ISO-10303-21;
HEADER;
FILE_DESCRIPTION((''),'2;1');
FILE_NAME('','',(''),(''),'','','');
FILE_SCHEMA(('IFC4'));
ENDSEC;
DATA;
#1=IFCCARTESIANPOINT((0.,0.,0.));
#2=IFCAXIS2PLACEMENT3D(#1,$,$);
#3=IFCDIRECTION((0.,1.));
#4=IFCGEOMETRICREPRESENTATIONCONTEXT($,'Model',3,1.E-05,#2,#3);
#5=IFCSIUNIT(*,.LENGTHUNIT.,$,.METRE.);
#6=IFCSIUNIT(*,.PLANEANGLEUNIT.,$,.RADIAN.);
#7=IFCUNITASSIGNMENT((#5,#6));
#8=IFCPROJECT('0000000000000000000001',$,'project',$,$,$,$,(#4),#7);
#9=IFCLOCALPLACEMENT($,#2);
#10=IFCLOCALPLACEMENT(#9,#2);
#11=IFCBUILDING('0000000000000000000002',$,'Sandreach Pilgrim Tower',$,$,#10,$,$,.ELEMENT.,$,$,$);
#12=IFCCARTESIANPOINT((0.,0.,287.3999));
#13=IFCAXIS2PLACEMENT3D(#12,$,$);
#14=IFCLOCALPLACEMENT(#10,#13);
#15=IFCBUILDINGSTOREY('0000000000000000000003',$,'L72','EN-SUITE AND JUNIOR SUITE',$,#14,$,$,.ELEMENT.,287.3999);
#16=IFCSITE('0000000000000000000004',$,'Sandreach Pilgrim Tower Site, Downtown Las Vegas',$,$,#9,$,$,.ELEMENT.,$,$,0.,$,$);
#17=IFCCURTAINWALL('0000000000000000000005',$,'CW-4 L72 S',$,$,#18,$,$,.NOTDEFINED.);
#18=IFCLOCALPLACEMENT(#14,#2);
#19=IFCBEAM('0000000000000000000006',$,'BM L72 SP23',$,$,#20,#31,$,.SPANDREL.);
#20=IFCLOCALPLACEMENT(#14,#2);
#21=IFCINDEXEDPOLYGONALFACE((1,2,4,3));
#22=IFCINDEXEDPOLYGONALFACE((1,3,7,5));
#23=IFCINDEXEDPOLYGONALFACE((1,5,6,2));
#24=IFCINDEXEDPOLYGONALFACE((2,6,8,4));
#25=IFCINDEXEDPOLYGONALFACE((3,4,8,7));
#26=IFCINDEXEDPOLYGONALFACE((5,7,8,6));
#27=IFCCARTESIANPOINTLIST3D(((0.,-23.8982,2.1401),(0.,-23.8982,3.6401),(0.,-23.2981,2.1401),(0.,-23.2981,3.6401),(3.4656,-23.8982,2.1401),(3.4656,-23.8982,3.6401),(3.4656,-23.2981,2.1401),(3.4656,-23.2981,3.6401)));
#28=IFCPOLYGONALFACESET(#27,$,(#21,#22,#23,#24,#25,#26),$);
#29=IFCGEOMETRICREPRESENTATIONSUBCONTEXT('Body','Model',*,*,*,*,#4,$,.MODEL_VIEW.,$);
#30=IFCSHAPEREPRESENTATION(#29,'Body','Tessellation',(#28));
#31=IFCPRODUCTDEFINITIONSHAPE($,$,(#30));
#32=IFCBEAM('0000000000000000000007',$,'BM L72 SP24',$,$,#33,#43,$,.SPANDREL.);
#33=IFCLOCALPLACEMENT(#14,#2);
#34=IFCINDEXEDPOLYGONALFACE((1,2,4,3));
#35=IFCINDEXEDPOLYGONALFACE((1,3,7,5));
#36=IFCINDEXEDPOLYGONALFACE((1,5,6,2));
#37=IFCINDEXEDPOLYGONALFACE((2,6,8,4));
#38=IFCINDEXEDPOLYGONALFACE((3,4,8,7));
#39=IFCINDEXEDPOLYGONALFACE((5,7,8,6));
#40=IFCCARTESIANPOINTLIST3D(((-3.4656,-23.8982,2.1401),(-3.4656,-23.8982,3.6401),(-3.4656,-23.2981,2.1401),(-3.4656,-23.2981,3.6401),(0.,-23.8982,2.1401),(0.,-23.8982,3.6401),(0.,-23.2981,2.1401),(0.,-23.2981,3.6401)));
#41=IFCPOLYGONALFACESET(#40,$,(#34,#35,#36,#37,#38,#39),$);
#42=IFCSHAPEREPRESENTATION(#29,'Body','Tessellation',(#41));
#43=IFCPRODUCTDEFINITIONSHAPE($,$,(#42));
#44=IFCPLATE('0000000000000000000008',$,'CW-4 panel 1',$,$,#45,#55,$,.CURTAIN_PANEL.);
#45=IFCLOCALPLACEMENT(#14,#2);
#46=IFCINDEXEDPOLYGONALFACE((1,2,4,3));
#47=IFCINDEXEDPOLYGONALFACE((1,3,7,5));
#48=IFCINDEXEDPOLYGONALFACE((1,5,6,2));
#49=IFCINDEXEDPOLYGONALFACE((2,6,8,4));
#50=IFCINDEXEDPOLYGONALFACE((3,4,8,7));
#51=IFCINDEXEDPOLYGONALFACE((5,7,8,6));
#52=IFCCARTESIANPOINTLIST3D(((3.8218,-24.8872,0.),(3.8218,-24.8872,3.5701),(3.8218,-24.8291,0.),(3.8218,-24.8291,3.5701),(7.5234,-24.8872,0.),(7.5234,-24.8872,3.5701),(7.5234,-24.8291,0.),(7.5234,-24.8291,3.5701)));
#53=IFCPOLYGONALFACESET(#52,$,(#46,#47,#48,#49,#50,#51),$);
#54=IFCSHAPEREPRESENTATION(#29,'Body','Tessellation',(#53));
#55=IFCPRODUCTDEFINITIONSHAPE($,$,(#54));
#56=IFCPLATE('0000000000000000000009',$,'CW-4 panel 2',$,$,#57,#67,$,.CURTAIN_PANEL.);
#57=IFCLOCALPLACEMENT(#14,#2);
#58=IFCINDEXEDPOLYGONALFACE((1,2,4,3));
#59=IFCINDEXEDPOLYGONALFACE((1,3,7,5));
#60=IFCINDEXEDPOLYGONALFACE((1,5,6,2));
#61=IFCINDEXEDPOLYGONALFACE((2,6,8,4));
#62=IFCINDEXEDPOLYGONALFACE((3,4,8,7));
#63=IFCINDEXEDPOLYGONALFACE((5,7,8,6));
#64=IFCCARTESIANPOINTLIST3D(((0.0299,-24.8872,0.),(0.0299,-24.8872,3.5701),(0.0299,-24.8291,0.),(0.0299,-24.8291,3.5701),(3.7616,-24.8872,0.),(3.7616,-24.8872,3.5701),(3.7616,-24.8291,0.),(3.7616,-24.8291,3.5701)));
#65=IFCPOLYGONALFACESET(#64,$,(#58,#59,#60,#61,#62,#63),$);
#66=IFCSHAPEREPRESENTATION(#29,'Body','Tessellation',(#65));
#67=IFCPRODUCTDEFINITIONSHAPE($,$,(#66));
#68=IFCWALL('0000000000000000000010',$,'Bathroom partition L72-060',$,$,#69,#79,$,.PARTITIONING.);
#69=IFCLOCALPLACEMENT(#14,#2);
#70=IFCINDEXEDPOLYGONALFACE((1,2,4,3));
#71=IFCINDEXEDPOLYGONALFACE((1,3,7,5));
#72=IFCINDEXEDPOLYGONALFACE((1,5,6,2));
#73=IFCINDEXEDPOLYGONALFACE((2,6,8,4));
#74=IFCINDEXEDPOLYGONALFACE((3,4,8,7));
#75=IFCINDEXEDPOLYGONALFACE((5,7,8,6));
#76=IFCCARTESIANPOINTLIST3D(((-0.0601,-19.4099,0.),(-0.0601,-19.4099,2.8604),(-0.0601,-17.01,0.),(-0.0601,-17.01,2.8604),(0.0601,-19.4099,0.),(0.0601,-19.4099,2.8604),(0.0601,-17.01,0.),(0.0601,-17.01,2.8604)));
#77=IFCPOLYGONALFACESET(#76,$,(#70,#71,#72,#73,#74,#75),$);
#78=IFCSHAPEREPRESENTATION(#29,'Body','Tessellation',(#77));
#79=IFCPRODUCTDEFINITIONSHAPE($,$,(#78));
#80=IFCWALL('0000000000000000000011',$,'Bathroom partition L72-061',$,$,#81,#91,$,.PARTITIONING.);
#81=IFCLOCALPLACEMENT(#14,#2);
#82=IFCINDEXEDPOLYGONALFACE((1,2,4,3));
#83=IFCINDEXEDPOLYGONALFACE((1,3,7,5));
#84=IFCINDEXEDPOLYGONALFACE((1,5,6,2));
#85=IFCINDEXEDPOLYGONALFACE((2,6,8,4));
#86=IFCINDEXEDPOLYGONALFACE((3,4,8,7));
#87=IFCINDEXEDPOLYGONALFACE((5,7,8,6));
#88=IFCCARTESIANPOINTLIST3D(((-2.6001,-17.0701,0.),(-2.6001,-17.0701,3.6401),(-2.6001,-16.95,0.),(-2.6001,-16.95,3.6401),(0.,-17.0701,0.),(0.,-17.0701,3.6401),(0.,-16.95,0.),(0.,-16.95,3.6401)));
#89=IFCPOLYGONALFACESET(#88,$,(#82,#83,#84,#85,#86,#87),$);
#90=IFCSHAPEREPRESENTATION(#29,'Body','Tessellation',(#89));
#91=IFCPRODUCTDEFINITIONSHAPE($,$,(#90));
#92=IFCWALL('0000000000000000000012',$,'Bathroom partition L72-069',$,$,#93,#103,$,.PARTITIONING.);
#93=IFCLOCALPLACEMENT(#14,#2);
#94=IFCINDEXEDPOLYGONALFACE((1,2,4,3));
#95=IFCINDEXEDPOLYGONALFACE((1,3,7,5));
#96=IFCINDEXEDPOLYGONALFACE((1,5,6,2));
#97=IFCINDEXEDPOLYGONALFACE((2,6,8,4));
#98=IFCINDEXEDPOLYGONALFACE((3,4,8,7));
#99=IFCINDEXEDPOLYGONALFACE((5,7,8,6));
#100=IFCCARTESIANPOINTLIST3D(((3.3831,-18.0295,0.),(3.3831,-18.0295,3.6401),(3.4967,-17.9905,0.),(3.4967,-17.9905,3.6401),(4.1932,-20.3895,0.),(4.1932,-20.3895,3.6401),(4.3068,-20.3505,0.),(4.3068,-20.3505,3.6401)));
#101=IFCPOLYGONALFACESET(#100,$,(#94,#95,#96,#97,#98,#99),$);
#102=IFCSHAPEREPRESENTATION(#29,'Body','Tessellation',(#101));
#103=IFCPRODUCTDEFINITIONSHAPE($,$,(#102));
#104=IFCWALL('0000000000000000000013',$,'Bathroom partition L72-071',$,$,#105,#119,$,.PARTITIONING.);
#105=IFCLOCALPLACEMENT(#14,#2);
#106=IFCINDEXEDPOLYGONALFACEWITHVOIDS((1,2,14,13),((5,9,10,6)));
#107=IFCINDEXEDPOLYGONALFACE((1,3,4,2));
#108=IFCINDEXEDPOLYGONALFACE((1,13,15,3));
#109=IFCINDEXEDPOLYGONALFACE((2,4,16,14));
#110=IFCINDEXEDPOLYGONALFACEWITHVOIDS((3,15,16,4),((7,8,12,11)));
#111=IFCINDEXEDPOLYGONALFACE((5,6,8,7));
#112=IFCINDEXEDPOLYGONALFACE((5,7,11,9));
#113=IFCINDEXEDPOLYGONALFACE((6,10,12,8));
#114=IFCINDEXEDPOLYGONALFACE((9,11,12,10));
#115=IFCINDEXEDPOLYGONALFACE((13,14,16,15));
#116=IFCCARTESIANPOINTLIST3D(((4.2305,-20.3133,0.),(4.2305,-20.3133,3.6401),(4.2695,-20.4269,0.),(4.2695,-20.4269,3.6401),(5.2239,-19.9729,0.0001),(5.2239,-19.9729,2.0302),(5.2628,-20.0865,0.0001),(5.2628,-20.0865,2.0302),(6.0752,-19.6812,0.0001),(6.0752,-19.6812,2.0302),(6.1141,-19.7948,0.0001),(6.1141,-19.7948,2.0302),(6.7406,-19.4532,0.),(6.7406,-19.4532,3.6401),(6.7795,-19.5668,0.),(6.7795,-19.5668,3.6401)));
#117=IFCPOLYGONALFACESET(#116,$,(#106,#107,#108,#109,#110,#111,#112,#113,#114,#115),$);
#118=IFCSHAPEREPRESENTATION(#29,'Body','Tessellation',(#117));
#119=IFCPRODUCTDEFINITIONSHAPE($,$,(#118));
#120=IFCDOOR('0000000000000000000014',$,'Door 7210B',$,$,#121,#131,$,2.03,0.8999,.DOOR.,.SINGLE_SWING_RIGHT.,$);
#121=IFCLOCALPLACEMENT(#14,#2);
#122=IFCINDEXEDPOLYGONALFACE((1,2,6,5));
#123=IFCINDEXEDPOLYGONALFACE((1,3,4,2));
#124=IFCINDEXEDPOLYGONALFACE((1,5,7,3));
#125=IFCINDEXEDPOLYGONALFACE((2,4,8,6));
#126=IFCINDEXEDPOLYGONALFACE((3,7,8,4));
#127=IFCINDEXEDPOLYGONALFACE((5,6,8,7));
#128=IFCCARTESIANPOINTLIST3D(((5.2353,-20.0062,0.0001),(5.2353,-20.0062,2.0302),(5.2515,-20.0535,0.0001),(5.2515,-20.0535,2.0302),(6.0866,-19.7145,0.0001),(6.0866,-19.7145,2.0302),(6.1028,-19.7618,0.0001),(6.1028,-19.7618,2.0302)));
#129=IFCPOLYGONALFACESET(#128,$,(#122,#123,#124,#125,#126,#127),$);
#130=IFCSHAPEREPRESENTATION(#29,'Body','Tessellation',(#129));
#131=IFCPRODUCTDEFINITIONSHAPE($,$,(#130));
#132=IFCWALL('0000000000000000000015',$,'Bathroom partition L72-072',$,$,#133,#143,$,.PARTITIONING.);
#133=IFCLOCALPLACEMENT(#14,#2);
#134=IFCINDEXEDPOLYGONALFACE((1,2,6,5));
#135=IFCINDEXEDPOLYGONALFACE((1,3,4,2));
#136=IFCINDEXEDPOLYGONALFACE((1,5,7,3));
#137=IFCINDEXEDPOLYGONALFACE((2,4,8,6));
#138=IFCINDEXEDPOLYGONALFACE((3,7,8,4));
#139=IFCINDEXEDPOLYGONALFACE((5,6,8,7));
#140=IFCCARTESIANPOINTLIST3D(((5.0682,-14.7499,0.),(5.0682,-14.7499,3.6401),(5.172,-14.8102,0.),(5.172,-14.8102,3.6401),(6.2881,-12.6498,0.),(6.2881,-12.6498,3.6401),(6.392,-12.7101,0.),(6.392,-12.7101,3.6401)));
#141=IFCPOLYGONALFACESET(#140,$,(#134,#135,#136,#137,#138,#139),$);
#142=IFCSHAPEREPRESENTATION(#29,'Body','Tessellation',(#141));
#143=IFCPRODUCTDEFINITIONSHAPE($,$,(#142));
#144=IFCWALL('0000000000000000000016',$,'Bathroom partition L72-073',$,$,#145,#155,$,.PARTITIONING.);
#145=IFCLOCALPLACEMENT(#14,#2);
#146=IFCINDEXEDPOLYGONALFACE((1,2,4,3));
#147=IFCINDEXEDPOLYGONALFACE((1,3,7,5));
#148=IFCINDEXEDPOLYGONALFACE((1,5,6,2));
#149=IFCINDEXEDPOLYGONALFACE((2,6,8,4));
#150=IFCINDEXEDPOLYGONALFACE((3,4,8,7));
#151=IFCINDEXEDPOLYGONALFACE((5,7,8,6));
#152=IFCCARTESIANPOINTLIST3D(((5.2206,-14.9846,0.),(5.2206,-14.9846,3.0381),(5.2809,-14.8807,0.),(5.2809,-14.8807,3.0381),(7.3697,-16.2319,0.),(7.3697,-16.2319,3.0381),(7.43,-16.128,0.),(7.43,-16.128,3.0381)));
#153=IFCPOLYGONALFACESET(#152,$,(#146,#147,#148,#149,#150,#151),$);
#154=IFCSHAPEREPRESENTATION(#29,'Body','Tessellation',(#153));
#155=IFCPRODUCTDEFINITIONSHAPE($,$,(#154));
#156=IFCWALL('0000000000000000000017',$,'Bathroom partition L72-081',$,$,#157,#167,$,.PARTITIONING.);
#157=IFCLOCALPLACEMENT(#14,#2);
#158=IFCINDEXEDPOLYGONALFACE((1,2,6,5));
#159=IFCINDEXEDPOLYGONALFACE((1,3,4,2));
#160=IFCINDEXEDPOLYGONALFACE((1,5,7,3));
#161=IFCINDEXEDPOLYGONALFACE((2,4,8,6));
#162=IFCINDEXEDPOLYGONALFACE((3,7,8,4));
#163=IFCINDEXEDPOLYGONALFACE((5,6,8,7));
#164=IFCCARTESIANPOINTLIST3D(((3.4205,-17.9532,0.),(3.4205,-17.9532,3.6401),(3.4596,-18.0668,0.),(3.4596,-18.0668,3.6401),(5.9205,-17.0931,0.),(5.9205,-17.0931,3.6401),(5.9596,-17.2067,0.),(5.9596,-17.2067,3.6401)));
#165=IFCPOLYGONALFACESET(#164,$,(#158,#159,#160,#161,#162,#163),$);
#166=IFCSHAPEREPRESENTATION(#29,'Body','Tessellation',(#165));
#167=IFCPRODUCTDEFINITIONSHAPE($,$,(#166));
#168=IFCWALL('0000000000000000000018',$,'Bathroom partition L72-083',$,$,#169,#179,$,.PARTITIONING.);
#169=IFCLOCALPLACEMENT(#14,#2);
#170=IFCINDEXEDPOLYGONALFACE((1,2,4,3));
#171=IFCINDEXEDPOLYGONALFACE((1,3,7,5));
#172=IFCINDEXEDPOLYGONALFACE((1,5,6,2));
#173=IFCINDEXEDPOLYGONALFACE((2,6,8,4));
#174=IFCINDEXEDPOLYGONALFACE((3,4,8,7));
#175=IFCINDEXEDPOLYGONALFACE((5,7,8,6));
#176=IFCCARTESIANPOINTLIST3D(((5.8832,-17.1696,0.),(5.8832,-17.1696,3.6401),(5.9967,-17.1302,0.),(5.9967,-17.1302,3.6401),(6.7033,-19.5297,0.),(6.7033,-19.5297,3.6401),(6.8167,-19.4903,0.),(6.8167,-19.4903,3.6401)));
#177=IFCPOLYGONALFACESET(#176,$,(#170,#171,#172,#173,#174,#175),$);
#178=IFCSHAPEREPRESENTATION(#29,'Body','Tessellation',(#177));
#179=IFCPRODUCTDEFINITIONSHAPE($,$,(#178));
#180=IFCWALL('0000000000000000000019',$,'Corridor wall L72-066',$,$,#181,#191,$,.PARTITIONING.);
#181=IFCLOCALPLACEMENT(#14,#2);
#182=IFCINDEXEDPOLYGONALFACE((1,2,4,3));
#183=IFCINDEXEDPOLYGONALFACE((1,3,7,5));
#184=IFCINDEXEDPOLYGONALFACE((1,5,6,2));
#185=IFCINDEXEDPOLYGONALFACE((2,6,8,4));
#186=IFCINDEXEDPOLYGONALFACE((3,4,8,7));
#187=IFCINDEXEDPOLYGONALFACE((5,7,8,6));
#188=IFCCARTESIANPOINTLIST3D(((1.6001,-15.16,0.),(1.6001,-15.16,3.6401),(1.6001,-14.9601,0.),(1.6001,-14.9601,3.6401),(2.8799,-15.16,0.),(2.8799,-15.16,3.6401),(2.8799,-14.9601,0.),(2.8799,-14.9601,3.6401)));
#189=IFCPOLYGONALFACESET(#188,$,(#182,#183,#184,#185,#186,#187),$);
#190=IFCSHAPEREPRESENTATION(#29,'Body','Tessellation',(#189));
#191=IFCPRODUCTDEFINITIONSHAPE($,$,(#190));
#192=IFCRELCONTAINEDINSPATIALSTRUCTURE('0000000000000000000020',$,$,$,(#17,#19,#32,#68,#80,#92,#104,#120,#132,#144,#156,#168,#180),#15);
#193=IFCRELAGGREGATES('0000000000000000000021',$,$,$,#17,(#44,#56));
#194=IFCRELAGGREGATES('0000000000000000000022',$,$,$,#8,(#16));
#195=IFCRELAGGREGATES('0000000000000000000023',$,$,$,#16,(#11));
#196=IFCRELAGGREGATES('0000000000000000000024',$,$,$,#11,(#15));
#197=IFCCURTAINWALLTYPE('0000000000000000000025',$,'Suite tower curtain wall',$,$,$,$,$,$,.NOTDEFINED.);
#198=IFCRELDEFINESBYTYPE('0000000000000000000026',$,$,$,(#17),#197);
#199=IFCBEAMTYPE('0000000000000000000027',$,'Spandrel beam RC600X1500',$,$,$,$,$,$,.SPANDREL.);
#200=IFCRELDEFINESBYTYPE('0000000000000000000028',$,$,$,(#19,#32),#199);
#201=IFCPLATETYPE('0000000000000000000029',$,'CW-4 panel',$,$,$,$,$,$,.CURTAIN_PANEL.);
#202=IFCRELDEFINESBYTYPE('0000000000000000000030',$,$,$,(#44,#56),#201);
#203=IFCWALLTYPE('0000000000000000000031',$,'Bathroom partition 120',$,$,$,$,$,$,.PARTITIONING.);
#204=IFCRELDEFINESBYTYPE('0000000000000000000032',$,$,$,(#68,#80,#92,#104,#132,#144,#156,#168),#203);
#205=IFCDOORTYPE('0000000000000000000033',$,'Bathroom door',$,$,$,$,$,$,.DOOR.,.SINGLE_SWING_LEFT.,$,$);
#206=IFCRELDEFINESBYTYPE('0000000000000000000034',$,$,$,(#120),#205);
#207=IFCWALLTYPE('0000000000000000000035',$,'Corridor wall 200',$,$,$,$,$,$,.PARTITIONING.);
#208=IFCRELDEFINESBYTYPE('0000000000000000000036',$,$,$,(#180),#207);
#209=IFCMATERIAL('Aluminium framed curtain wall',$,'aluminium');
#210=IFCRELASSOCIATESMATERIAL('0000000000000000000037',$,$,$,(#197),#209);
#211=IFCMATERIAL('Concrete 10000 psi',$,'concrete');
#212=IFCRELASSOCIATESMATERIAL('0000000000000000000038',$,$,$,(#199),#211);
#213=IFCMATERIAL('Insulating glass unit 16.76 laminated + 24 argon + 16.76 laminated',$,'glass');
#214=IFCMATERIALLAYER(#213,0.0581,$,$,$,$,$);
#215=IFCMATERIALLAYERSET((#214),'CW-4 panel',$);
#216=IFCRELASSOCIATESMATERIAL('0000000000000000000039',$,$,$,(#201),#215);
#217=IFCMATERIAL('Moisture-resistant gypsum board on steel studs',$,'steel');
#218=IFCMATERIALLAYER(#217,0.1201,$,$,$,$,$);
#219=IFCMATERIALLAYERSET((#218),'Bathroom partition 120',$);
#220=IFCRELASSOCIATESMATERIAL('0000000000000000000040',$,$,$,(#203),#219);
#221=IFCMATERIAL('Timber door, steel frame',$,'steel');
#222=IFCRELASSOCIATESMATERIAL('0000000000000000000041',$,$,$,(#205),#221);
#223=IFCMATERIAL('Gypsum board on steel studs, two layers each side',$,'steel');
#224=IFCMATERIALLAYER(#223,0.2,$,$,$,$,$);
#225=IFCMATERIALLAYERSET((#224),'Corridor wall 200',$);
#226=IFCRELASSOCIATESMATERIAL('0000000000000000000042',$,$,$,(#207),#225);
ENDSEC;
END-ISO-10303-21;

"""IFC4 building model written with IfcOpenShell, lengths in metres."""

from ifc_helpers import new_model, si_unit, direction, frame, frame_2d, origin, origin_2d, place, context, subcontext, project, spatial, rectangle, extrude, material, layer, layer_set, material_profile, profile_set, type_object, element, fill, aggregate, save


model = new_model("IFC4")

# Units and contexts
model_context = context("Model", 3, precision=1e-05, world=origin(), true_north=direction((0.0, 1.0)))
body_context = subcontext(model_context, "Body", "Model", "MODEL_VIEW")
ifc_project = project(units=[si_unit("LENGTHUNIT", "METRE"), si_unit("PLANEANGLEUNIT", "RADIAN")], contexts=[model_context])

# Site, building, storey
site_placement = place(None, origin())
site = spatial("IfcSite", under=ifc_project, at=site_placement, Name="Sandreach Pilgrim Tower Site, Downtown Las Vegas", CompositionType="ELEMENT", RefElevation=0.0)
building_placement = place(site_placement, origin())
building = spatial("IfcBuilding", under=site, at=building_placement, Name="Sandreach Pilgrim Tower", CompositionType="ELEMENT")
storey_placement = place(building_placement, frame((0.0, 0.0, 287.3999)))
storey = spatial("IfcBuildingStorey", under=building, at=storey_placement, Name="L72", Description="EN-SUITE AND JUNIOR SUITE", CompositionType="ELEMENT", Elevation=287.3999)

# Curtain wall
ifc_material_1 = material(Name="Aluminium framed curtain wall", Category="aluminium")
curtain_wall_type = type_object("IfcCurtainWallType", Name="Suite tower curtain wall", PredefinedType="NOTDEFINED", material=ifc_material_1)
curtain_wall_placement = place(storey_placement, origin())
curtain_wall = element("IfcCurtainWall", 1, at=curtain_wall_placement, inside=storey, type_object=curtain_wall_type, Name="CW-4 L72 S", PredefinedType="NOTDEFINED")

# Beams
ifc_material_2 = material(Name="Concrete 10000 psi", Category="concrete")
ifc_material_profile_1 = material_profile(ifc_material_2, rectangle(XDim=0.6001, YDim=1.5, at=origin_2d()), Name="RC600X1500")
ifc_profile_set_1 = profile_set([ifc_material_profile_1], Name="Concrete 10000 psi")
beam_type_1 = type_object("IfcBeamType", Name="Spandrel beam RC600X1500", PredefinedType="SPANDREL", material=ifc_profile_set_1)
for number, where, z_axis, x_axis, name in (
    (2, (3.4656, -23.5981, 2.8901), (-1.0, 0.0, 0.0), (0.0, -1.0, 0.0), "BM L72 SP23"),
    (3, (0.0, -23.5981, 2.8901), (-1.0, 0.0, 0.0), (0.0, -1.0, 0.0), "BM L72 SP24"),
):
    element("IfcBeam", number, at=place(storey_placement, frame(where, z_axis=z_axis, x_axis=x_axis)), inside=storey, type_object=beam_type_1, Name=name, PredefinedType="SPANDREL", context=body_context, shape_type="SweptSolid", body=[
        extrude(rectangle(XDim=0.6001, YDim=1.5, at=origin_2d()), origin(), (0.0, 0.0, 1.0), 3.4656),
    ])

# Plates
ifc_material_3 = material(Name="Insulating glass unit 16.76 laminated + 24 argon + 16.76 laminated", Category="glass")
ifc_layer_1 = layer(ifc_material_3, 0.0581)
ifc_layer_set_1 = layer_set([ifc_layer_1], Name="CW-4 panel")
plate_type = type_object("IfcPlateType", Name="CW-4 panel", PredefinedType="CURTAIN_PANEL", material=ifc_layer_set_1)
plate_1_placement = place(storey_placement, frame((5.6726, -24.8582, 0.0), z_axis=(0.0, 0.0, 1.0), x_axis=(-1.0, 0.0, 0.0)))
plate_1 = element("IfcPlate", 4, at=plate_1_placement, type_object=plate_type, Name="CW-4 panel 1", PredefinedType="CURTAIN_PANEL", context=body_context, shape_type="SweptSolid", body=[
    extrude(rectangle(XDim=3.7017, YDim=0.0581, at=origin_2d()), origin(), (0.0, 0.0, 1.0), 3.5701),
])
plate_2_placement = place(storey_placement, frame((1.8958, -24.8582, 0.0), z_axis=(0.0, 0.0, 1.0), x_axis=(-1.0, 0.0, 0.0)))
plate_2 = element("IfcPlate", 5, at=plate_2_placement, type_object=plate_type, Name="CW-4 panel 2", PredefinedType="CURTAIN_PANEL", context=body_context, shape_type="SweptSolid", body=[
    extrude(rectangle(XDim=3.7317, YDim=0.0581, at=origin_2d()), origin(), (0.0, 0.0, 1.0), 3.5701),
])
aggregate(curtain_wall, [plate_1, plate_2])

# Walls
ifc_material_4 = material(Name="Moisture-resistant gypsum board on steel studs", Category="steel")
ifc_layer_2 = layer(ifc_material_4, 0.1201)
ifc_layer_set_2 = layer_set([ifc_layer_2], Name="Bathroom partition 120")
wall_type_1 = type_object("IfcWallType", Name="Bathroom partition 120", PredefinedType="PARTITIONING", material=ifc_layer_set_2)
wall_1_placement = place(storey_placement, frame((0.0, -19.4099, 0.0), z_axis=(0.0, 0.0, 1.0), x_axis=(0.0, 1.0, 0.0)))
element("IfcWall", 6, at=wall_1_placement, inside=storey, type_object=wall_type_1, Name="Bathroom partition L72-060", PredefinedType="PARTITIONING", context=body_context, shape_type="SweptSolid", body=[
    extrude(rectangle(XDim=2.3999, YDim=0.1201, at=frame_2d((1.2, 0.0))), origin(), (0.0, 0.0, 1.0), 2.8604),
])
wall_2_placement = place(storey_placement, frame((0.0, -17.01, 0.0), z_axis=(0.0, 0.0, 1.0), x_axis=(-1.0, 0.0, 0.0)))
element("IfcWall", 7, at=wall_2_placement, inside=storey, type_object=wall_type_1, Name="Bathroom partition L72-061", PredefinedType="PARTITIONING", context=body_context, shape_type="SweptSolid", body=[
    extrude(rectangle(XDim=2.6001, YDim=0.1201, at=frame_2d((1.3, 0.0))), origin(), (0.0, 0.0, 1.0), 3.6401),
])
wall_3_placement = place(storey_placement, frame((3.4399, -18.01, 0.0), z_axis=(0.0, 0.0, 1.0), x_axis=(0.32467, -0.945828, 0.0)))
element("IfcWall", 8, at=wall_3_placement, inside=storey, type_object=wall_type_1, Name="Bathroom partition L72-069", PredefinedType="PARTITIONING", context=body_context, shape_type="SweptSolid", body=[
    extrude(rectangle(XDim=2.4951, YDim=0.1201, at=frame_2d((1.2476, 0.0))), origin(), (0.0, 0.0, 1.0), 3.6401),
])

# Wall, opening, door
wall_4_placement = place(storey_placement, frame((4.25, -20.3701, 0.0), z_axis=(0.0, 0.0, 1.0), x_axis=(0.946, 0.324167, 0.0)))
wall_4 = element("IfcWall", 9, at=wall_4_placement, inside=storey, type_object=wall_type_1, Name="Bathroom partition L72-071", PredefinedType="PARTITIONING", context=body_context, shape_type="SweptSolid", body=[
    extrude(rectangle(XDim=2.6533, YDim=0.1201, at=frame_2d((1.3267, 0.0))), origin(), (0.0, 0.0, 1.0), 3.6401),
])
opening_1_placement = place(wall_4_placement, frame((1.05, 0.0, 0.0)))
opening_1 = element("IfcOpeningElement", 10, at=opening_1_placement, cuts=wall_4, PredefinedType="OPENING", context=body_context, shape_type="SweptSolid", body=[
    extrude(rectangle(XDim=0.8999, YDim=2.03, at=frame_2d((0.45, 1.0151))), frame((0.0, 0.0601, 0.0), z_axis=(0.0, -1.0, 0.0), x_axis=(1.0, 0.0, 0.0)), (0.0, 0.0, 1.0), 0.1201),
])
ifc_material_5 = material(Name="Timber door, steel frame", Category="steel")
door_type_1 = type_object("IfcDoorType", Name="Bathroom door", OperationType="SINGLE_SWING_LEFT", PredefinedType="DOOR", material=ifc_material_5)
door_1_placement = place(opening_1_placement, origin())
door_1 = element("IfcDoor", 11, at=door_1_placement, inside=storey, type_object=door_type_1, Name="Door 7210B", OperationType="SINGLE_SWING_RIGHT", OverallHeight=2.03, OverallWidth=0.8999, PredefinedType="DOOR", context=body_context, shape_type="SweptSolid", body=[
    extrude(rectangle(XDim=0.8999, YDim=2.03, at=frame_2d((0.45, 1.0151))), frame((0.0, 0.0249, 0.0), z_axis=(0.0, -1.0, 0.0), x_axis=(1.0, 0.0, 0.0)), (0.0, 0.0, 1.0), 0.05),
])
fill(opening_1, door_1)

# Walls
wall_5_placement = place(storey_placement, frame((5.1201, -14.78, 0.0), z_axis=(0.0, 0.0, 1.0), x_axis=(0.502308, 0.864689, 0.0)))
element("IfcWall", 12, at=wall_5_placement, inside=storey, type_object=wall_type_1, Name="Bathroom partition L72-072", PredefinedType="PARTITIONING", context=body_context, shape_type="SweptSolid", body=[
    extrude(rectangle(XDim=2.4287, YDim=0.1201, at=frame_2d((1.2144, 0.0))), origin(), (0.0, 0.0, 1.0), 3.6401),
])
wall_6_placement = place(storey_placement, frame((5.2507, -14.9326, 0.0), z_axis=(0.0, 0.0, 1.0), x_axis=(0.864892, -0.501958, 0.0)))
element("IfcWall", 13, at=wall_6_placement, inside=storey, type_object=wall_type_1, Name="Bathroom partition L72-073", PredefinedType="PARTITIONING", context=body_context, shape_type="SweptSolid", body=[
    extrude(rectangle(XDim=2.4849, YDim=0.1201, at=frame_2d((1.2424, 0.0))), origin(), (0.0, 0.0, 1.0), 3.0381),
])
wall_7_placement = place(storey_placement, frame((5.9399, -17.1499, 0.0), z_axis=(0.0, 0.0, 1.0), x_axis=(-0.945601, -0.325328, 0.0)))
element("IfcWall", 14, at=wall_7_placement, inside=storey, type_object=wall_type_1, Name="Bathroom partition L72-081", PredefinedType="PARTITIONING", context=body_context, shape_type="SweptSolid", body=[
    extrude(rectangle(XDim=2.6438, YDim=0.1201, at=frame_2d((1.3218, 0.0))), origin(), (0.0, 0.0, 1.0), 3.6401),
])
wall_8_placement = place(storey_placement, frame((5.9399, -17.1499, 0.0), z_axis=(0.0, 0.0, 1.0), x_axis=(0.328221, -0.944601, 0.0)))
element("IfcWall", 15, at=wall_8_placement, inside=storey, type_object=wall_type_1, Name="Bathroom partition L72-083", PredefinedType="PARTITIONING", context=body_context, shape_type="SweptSolid", body=[
    extrude(rectangle(XDim=2.4985, YDim=0.1201, at=frame_2d((1.2493, 0.0))), origin(), (0.0, 0.0, 1.0), 3.6401),
])

# Shared definitions
ifc_material_6 = material(Name="Gypsum board on steel studs, two layers each side", Category="steel")
ifc_layer_3 = layer(ifc_material_6, 0.2)
ifc_layer_set_3 = layer_set([ifc_layer_3], Name="Corridor wall 200")
wall_type_2 = type_object("IfcWallType", Name="Corridor wall 200", PredefinedType="PARTITIONING", material=ifc_layer_set_3)

# Wall
wall_9_placement = place(storey_placement, frame((2.8799, -15.0601, 0.0), z_axis=(0.0, 0.0, 1.0), x_axis=(-1.0, 0.0, 0.0)))
element("IfcWall", 16, at=wall_9_placement, inside=storey, type_object=wall_type_2, Name="Corridor wall L72-066", PredefinedType="PARTITIONING", context=body_context, shape_type="SweptSolid", body=[
    extrude(rectangle(XDim=1.2798, YDim=0.2, at=frame_2d((0.6399, 0.0))), origin(), (0.0, 0.0, 1.0), 3.6401),
])

save(model, "model.ifc")
